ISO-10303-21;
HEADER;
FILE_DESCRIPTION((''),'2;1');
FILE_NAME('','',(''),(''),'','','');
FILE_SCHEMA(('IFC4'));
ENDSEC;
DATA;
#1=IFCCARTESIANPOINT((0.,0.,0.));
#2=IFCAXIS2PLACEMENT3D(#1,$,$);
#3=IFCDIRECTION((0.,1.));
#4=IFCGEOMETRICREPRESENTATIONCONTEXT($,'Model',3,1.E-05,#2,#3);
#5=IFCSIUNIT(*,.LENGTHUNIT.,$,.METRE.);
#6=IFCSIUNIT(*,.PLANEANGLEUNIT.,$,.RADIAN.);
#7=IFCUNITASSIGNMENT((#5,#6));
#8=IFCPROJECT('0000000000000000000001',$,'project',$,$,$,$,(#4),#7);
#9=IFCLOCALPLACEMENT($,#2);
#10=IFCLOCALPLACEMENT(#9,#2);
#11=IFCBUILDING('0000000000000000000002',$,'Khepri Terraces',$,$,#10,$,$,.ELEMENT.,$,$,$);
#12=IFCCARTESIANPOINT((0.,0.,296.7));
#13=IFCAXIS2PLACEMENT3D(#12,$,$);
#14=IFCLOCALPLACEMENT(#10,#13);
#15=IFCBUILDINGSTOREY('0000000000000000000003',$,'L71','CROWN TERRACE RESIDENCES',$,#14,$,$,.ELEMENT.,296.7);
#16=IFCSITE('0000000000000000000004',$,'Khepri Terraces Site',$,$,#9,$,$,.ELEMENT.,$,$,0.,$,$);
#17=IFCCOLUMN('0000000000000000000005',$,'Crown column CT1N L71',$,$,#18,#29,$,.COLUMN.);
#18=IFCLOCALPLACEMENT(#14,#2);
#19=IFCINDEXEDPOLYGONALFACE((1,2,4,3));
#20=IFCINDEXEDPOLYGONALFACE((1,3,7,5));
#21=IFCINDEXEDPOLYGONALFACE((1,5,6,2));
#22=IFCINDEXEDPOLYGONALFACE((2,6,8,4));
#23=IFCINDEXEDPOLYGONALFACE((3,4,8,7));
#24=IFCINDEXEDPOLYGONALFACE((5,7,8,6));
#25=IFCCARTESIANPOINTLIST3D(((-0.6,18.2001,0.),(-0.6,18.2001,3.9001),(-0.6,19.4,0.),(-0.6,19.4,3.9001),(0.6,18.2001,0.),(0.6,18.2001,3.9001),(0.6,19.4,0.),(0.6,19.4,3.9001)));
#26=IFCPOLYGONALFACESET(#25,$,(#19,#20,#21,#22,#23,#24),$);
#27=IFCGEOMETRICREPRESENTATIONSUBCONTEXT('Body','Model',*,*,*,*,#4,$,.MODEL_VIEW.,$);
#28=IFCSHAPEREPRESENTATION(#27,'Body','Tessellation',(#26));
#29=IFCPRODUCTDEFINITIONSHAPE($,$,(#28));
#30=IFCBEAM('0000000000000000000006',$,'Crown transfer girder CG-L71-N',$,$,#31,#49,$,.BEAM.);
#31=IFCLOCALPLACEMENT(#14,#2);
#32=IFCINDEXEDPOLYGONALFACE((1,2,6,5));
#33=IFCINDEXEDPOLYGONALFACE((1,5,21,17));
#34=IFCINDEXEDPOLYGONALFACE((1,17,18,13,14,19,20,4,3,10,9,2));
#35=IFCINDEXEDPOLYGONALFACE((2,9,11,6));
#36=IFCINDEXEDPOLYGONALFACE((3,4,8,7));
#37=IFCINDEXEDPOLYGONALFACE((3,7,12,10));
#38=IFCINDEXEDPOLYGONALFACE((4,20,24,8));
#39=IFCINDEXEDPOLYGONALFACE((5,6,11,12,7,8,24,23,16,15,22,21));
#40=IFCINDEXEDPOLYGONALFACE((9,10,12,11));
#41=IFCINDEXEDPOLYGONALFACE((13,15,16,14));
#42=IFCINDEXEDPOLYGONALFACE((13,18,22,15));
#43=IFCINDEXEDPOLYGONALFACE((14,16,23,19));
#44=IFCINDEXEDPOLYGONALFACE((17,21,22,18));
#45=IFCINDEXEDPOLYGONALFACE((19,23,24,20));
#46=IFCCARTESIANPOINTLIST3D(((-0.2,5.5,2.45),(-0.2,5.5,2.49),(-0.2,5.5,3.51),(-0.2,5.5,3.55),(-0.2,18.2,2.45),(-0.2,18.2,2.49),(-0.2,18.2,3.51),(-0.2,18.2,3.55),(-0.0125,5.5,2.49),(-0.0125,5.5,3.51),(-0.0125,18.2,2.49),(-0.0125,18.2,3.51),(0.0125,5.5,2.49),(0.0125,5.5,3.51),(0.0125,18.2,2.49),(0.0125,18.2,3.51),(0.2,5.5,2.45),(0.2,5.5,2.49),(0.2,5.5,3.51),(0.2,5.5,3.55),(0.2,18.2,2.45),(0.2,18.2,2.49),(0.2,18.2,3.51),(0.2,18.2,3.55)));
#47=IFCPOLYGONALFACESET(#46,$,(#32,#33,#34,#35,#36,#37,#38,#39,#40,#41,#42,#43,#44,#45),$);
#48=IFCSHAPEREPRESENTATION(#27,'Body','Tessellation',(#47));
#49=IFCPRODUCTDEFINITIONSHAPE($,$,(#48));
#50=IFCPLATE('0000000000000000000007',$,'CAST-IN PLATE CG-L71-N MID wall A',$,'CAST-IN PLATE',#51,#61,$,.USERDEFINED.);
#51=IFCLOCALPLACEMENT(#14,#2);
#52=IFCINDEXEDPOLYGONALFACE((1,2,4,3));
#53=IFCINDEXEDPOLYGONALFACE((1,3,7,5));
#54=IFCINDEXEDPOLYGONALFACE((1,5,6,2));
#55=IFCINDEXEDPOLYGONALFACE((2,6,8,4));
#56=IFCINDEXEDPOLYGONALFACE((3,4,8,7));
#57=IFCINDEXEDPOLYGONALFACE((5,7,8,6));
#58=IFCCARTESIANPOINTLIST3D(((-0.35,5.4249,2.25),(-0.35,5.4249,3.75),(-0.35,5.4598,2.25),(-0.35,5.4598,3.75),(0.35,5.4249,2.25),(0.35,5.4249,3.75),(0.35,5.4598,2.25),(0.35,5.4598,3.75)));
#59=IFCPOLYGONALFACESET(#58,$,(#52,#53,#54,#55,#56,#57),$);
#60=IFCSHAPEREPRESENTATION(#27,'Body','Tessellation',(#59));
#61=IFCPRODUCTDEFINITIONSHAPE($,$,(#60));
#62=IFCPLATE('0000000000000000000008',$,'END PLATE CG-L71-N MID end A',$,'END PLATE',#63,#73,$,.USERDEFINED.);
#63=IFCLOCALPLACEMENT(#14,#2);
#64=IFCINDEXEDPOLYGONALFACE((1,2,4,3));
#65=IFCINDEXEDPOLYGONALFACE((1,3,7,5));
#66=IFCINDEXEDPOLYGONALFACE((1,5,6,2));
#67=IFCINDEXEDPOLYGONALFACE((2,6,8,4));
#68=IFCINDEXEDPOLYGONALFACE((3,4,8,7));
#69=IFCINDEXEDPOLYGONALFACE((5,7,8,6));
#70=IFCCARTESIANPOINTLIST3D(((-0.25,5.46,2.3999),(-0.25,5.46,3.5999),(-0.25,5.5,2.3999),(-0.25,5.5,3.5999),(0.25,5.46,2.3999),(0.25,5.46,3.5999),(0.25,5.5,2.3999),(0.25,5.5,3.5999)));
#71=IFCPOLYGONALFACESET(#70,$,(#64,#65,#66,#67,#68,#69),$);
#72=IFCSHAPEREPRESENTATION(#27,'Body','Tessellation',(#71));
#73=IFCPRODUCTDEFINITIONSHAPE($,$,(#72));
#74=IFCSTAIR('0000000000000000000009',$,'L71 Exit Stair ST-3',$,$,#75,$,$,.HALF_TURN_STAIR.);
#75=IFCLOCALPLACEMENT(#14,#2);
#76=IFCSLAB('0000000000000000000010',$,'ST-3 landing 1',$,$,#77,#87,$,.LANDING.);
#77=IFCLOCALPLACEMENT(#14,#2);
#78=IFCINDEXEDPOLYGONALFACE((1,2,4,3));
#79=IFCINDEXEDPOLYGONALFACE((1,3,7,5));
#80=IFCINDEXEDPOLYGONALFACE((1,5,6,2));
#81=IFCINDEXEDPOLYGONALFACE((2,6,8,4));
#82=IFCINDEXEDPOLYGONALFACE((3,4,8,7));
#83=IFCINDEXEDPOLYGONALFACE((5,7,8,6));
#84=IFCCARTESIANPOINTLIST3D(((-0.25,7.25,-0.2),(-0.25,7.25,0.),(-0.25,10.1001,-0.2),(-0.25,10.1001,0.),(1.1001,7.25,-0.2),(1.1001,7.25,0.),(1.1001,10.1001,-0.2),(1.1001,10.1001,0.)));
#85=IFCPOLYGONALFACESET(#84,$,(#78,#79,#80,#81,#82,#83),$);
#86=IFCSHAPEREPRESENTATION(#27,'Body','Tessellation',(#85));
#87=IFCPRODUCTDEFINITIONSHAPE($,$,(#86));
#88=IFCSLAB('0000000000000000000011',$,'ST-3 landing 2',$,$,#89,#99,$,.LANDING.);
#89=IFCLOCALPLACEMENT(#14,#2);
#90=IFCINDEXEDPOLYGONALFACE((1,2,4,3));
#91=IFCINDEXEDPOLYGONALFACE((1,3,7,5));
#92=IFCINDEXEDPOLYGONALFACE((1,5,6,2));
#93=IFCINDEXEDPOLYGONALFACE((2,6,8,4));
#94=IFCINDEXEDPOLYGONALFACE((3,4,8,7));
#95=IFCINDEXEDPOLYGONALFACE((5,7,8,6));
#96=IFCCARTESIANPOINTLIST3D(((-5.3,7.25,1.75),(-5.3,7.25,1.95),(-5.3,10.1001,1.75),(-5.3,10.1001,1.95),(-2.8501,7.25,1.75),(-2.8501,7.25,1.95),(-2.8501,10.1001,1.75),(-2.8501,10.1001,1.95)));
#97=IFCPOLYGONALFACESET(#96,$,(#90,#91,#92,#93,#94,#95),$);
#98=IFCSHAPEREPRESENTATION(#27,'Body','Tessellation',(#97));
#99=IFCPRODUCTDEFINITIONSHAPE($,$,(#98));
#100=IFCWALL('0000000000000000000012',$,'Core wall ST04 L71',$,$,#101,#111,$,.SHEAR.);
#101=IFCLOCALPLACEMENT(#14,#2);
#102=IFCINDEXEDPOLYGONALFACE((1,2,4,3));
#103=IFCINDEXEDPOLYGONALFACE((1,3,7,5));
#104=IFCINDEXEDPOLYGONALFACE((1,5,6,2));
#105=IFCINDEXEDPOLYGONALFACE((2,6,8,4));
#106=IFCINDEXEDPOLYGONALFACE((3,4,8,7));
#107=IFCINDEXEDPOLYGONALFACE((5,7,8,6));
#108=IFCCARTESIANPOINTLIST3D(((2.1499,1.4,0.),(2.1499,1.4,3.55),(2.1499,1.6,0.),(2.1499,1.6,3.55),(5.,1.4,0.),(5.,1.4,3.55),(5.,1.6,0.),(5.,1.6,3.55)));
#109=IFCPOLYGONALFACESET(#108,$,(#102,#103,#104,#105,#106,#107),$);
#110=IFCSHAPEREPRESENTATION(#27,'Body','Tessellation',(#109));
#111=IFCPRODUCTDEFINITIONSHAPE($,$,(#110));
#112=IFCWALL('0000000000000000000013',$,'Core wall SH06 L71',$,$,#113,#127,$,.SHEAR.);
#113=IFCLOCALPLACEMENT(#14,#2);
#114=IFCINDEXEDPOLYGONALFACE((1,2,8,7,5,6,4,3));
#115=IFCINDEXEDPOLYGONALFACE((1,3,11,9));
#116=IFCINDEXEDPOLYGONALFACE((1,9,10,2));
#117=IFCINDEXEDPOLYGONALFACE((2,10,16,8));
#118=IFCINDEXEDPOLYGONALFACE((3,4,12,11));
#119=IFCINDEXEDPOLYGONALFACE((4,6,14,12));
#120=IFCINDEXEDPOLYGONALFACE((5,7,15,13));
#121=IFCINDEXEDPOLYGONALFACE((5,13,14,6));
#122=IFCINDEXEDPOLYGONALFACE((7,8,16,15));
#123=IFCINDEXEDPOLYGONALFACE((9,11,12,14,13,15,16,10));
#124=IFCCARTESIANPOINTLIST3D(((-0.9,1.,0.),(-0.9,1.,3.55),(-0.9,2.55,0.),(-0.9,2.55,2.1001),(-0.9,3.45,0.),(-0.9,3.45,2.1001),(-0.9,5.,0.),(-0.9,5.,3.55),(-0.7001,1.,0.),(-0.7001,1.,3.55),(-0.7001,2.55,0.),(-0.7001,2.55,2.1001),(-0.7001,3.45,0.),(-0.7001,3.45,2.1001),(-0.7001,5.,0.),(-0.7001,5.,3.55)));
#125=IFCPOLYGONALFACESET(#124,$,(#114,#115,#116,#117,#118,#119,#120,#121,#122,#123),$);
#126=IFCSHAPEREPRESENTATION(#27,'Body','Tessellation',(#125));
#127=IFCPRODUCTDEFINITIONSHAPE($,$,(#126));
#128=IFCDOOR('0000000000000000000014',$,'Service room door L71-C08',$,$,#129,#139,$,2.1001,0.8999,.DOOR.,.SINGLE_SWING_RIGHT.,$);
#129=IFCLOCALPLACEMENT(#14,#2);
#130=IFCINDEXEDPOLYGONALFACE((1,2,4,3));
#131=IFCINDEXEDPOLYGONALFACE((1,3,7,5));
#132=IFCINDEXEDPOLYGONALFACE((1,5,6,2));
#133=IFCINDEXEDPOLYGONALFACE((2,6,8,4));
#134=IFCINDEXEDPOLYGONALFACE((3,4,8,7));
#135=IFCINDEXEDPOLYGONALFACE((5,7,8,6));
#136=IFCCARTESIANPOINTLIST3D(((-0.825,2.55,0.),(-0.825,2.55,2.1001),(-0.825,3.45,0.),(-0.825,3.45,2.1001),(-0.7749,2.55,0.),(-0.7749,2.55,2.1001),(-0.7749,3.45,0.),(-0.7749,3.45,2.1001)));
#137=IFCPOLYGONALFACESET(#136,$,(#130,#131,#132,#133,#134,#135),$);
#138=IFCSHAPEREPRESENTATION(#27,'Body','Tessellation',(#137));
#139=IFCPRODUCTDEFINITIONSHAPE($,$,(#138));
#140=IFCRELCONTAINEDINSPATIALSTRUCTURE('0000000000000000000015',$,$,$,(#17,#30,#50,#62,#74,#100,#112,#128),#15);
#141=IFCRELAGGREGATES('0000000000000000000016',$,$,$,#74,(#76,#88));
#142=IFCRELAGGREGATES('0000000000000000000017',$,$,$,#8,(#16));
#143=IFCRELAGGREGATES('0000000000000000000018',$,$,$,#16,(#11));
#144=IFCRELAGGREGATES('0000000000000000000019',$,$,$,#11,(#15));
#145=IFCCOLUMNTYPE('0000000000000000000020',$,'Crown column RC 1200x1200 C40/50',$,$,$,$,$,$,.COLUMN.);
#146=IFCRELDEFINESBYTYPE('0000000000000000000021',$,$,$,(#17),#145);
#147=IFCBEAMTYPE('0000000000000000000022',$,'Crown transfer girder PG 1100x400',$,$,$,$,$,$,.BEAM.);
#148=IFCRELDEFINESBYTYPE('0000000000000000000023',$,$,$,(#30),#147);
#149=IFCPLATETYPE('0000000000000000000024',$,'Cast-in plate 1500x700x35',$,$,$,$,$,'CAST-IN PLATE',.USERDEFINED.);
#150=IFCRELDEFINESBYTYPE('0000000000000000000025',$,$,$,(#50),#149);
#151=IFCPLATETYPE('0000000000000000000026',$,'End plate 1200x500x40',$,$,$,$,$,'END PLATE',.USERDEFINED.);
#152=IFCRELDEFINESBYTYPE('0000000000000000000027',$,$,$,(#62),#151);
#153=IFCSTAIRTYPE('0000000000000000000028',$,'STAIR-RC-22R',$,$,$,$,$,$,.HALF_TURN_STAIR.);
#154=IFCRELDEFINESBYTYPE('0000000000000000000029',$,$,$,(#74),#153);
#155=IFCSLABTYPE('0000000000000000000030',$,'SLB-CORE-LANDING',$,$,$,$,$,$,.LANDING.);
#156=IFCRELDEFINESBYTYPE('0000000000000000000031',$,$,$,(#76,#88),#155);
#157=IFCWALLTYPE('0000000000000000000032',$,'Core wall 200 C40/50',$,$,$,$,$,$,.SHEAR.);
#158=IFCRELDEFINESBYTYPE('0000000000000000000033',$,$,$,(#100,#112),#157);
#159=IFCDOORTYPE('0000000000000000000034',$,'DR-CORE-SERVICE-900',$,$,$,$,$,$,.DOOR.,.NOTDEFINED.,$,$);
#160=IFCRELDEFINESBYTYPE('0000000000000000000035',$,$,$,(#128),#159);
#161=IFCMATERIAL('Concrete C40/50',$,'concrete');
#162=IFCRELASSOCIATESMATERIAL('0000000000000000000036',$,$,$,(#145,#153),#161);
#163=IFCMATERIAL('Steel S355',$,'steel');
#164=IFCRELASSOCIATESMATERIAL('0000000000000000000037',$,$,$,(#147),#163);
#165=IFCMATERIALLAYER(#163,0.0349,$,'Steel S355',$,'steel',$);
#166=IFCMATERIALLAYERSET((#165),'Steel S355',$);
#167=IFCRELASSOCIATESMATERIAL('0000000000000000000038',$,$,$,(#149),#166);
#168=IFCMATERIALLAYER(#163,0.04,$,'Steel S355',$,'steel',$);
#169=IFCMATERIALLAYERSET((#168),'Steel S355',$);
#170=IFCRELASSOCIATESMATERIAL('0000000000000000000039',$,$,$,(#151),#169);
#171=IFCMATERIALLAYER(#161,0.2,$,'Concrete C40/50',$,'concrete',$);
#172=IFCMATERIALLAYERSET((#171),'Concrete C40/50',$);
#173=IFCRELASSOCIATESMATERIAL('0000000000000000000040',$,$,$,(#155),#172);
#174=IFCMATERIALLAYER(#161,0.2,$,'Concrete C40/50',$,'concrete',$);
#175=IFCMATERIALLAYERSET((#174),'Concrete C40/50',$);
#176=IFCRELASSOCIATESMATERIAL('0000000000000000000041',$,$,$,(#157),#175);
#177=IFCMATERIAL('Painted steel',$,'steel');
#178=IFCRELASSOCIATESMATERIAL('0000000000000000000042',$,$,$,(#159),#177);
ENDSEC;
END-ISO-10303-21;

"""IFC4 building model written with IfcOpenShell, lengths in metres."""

from ifc_helpers import new_model, si_unit, direction, frame, frame_2d, origin, origin_2d, place, context, subcontext, project, spatial, polyline, rectangle, i_section, outline, extrude, material, layer, layer_set, material_profile, profile_set, type_object, element, fill, aggregate, save


model = new_model("IFC4")

# Units and contexts
model_context = context("Model", 3, precision=1e-05, world=origin(), true_north=direction((0.0, 1.0)))
body_context = subcontext(model_context, "Body", "Model", "MODEL_VIEW")
ifc_project = project(units=[si_unit("LENGTHUNIT", "METRE"), si_unit("PLANEANGLEUNIT", "RADIAN")], contexts=[model_context])

# Site, building, storey
site_placement = place(None, origin())
site = spatial("IfcSite", under=ifc_project, at=site_placement, Name="Khepri Terraces Site", CompositionType="ELEMENT", RefElevation=0.0)
building_placement = place(site_placement, origin())
building = spatial("IfcBuilding", under=site, at=building_placement, Name="Khepri Terraces", CompositionType="ELEMENT")
storey_placement = place(building_placement, frame((0.0, 0.0, 296.7)))
storey = spatial("IfcBuildingStorey", under=building, at=storey_placement, Name="L71", Description="CROWN TERRACE RESIDENCES", CompositionType="ELEMENT", Elevation=296.7)

# Column
ifc_material_1 = material(Name="Concrete C40/50", Category="concrete")
ifc_material_profile_1 = material_profile(ifc_material_1, rectangle(XDim=1.2, YDim=1.2, at=origin_2d()), Name="Concrete C40/50", Category="concrete")
ifc_profile_set_1 = profile_set([ifc_material_profile_1], Name="Concrete C40/50")
column_type = type_object("IfcColumnType", Name="Crown column RC 1200x1200 C40/50", PredefinedType="COLUMN", material=ifc_profile_set_1)
column_placement = place(storey_placement, frame((0.0, 18.8, 0.0), z_axis=(0.0, 0.0, 1.0), x_axis=(1.0, 0.0, 0.0)))
element("IfcColumn", 1, at=column_placement, inside=storey, type_object=column_type, Name="Crown column CT1N L71", PredefinedType="COLUMN", context=body_context, shape_type="SweptSolid", body=[
    extrude(rectangle(XDim=1.2, YDim=1.2, at=origin_2d()), origin(), (0.0, 0.0, 1.0), 3.9001),
])

# Beam
ifc_material_2 = material(Name="Steel S355", Category="steel")
ifc_material_profile_2 = material_profile(ifc_material_2, i_section(OverallWidth=0.3999, OverallDepth=1.1001, WebThickness=0.0249, FlangeThickness=0.04, at=origin_2d()), Name="Steel S355", Category="steel")
ifc_profile_set_2 = profile_set([ifc_material_profile_2], Name="Steel S355")
beam_type = type_object("IfcBeamType", Name="Crown transfer girder PG 1100x400", PredefinedType="BEAM", material=ifc_profile_set_2)
beam_placement = place(storey_placement, frame((0.0, 5.5, 3.0), z_axis=(0.0, 1.0, 0.0), x_axis=(-1.0, 0.0, 0.0)))
element("IfcBeam", 2, at=beam_placement, inside=storey, type_object=beam_type, Name="Crown transfer girder CG-L71-N", PredefinedType="BEAM", context=body_context, shape_type="SweptSolid", body=[
    extrude(i_section(OverallWidth=0.3999, OverallDepth=1.1001, WebThickness=0.0249, FlangeThickness=0.04, at=origin_2d()), origin(), (0.0, 0.0, 1.0), 12.7),
])

# Plates
ifc_layer_1 = layer(ifc_material_2, 0.0349, Name="Steel S355", Category="steel")
ifc_layer_set_1 = layer_set([ifc_layer_1], Name="Steel S355")
plate_type_1 = type_object("IfcPlateType", Name="Cast-in plate 1500x700x35", ElementType="CAST-IN PLATE", PredefinedType="USERDEFINED", material=ifc_layer_set_1)
plate_1_placement = place(storey_placement, frame((0.0, 5.4424, 2.25), z_axis=(0.0, 0.0, 1.0), x_axis=(0.0, 1.0, 0.0)))
element("IfcPlate", 3, at=plate_1_placement, inside=storey, type_object=plate_type_1, Name="CAST-IN PLATE CG-L71-N MID wall A", ObjectType="CAST-IN PLATE", PredefinedType="USERDEFINED", context=body_context, shape_type="SweptSolid", body=[
    extrude(rectangle(XDim=0.0349, YDim=0.7, at=origin_2d()), origin(), (0.0, 0.0, 1.0), 1.5),
])
ifc_layer_2 = layer(ifc_material_2, 0.04, Name="Steel S355", Category="steel")
ifc_layer_set_2 = layer_set([ifc_layer_2], Name="Steel S355")
plate_type_2 = type_object("IfcPlateType", Name="End plate 1200x500x40", ElementType="END PLATE", PredefinedType="USERDEFINED", material=ifc_layer_set_2)
plate_2_placement = place(storey_placement, frame((0.0, 5.48, 2.3999), z_axis=(0.0, 0.0, 1.0), x_axis=(0.0, 1.0, 0.0)))
element("IfcPlate", 4, at=plate_2_placement, inside=storey, type_object=plate_type_2, Name="END PLATE CG-L71-N MID end A", ObjectType="END PLATE", PredefinedType="USERDEFINED", context=body_context, shape_type="SweptSolid", body=[
    extrude(rectangle(XDim=0.04, YDim=0.5, at=origin_2d()), origin(), (0.0, 0.0, 1.0), 1.2),
])

# Stair, slabs
stair_type = type_object("IfcStairType", Name="STAIR-RC-22R", PredefinedType="HALF_TURN_STAIR", material=ifc_material_1)
stair_1_placement = place(storey_placement, origin())
stair_1 = element("IfcStair", 5, at=stair_1_placement, inside=storey, type_object=stair_type, Name="L71 Exit Stair ST-3", PredefinedType="HALF_TURN_STAIR")
ifc_layer_3 = layer(ifc_material_1, 0.2, Name="Concrete C40/50", Category="concrete")
ifc_layer_set_3 = layer_set([ifc_layer_3], Name="Concrete C40/50")
slab_type = type_object("IfcSlabType", Name="SLB-CORE-LANDING", PredefinedType="LANDING", material=ifc_layer_set_3)
slab_1_placement = place(storey_placement, frame((0.0, 0.0, -0.2)))
slab_1 = element("IfcSlab", 6, at=slab_1_placement, type_object=slab_type, Name="ST-3 landing 1", PredefinedType="LANDING", context=body_context, shape_type="SweptSolid", body=[
    extrude(outline(polyline([(1.1001, 10.1001), (-0.25, 10.1001), (-0.25, 7.25), (1.1001, 7.25), (1.1001, 10.1001)])), origin(), (0.0, 0.0, 1.0), 0.2),
])
slab_2_placement = place(storey_placement, frame((0.0, 0.0, 1.75)))
slab_2 = element("IfcSlab", 7, at=slab_2_placement, type_object=slab_type, Name="ST-3 landing 2", PredefinedType="LANDING", context=body_context, shape_type="SweptSolid", body=[
    extrude(outline(polyline([(-2.8501, 10.1001), (-5.3, 10.1001), (-5.3, 7.25), (-2.8501, 7.25), (-2.8501, 10.1001)])), origin(), (0.0, 0.0, 1.0), 0.2),
])

# Wall
ifc_layer_4 = layer(ifc_material_1, 0.2, Name="Concrete C40/50", Category="concrete")
ifc_layer_set_4 = layer_set([ifc_layer_4], Name="Concrete C40/50")
wall_type_1 = type_object("IfcWallType", Name="Core wall 200 C40/50", PredefinedType="SHEAR", material=ifc_layer_set_4)
wall_1_placement = place(storey_placement, frame((2.1499, 1.5, 0.0), z_axis=(0.0, 0.0, 1.0), x_axis=(1.0, 0.0, 0.0)))
element("IfcWall", 8, at=wall_1_placement, inside=storey, type_object=wall_type_1, Name="Core wall ST04 L71", PredefinedType="SHEAR", context=body_context, shape_type="SweptSolid", body=[
    extrude(rectangle(XDim=2.8501, YDim=0.2, at=frame_2d((1.425, 0.0))), origin(), (0.0, 0.0, 1.0), 3.55),
])

# Wall, opening, door
wall_2_placement = place(storey_placement, frame((-0.8, 1.0, 0.0), z_axis=(0.0, 0.0, 1.0), x_axis=(0.0, 1.0, 0.0)))
wall_2 = element("IfcWall", 9, at=wall_2_placement, inside=storey, type_object=wall_type_1, Name="Core wall SH06 L71", PredefinedType="SHEAR", context=body_context, shape_type="SweptSolid", body=[
    extrude(rectangle(XDim=4.0, YDim=0.2, at=frame_2d((2.0, 0.0))), origin(), (0.0, 0.0, 1.0), 3.55),
])
opening_1_placement = place(wall_2_placement, frame((1.55, 0.0, 0.0)))
opening_1 = element("IfcOpeningElement", 10, at=opening_1_placement, cuts=wall_2, PredefinedType="OPENING", context=body_context, shape_type="SweptSolid", body=[
    extrude(rectangle(XDim=0.8999, YDim=2.1001, at=frame_2d((0.45, 1.05))), frame((0.0, 0.1099, 0.0), z_axis=(0.0, -1.0, 0.0), x_axis=(1.0, 0.0, 0.0)), (0.0, 0.0, 1.0), 0.22),
])
ifc_material_3 = material(Name="Painted steel", Category="steel")
door_type_1 = type_object("IfcDoorType", Name="DR-CORE-SERVICE-900", OperationType="NOTDEFINED", PredefinedType="DOOR", material=ifc_material_3)
door_1_placement = place(opening_1_placement, origin())
door_1 = element("IfcDoor", 11, at=door_1_placement, inside=storey, type_object=door_type_1, Name="Service room door L71-C08", OperationType="SINGLE_SWING_RIGHT", OverallHeight=2.1001, OverallWidth=0.8999, PredefinedType="DOOR", context=body_context, shape_type="SweptSolid", body=[
    extrude(rectangle(XDim=0.8999, YDim=2.1001, at=frame_2d((0.45, 1.05))), frame((0.0, 0.0249, 0.0), z_axis=(0.0, -1.0, 0.0), x_axis=(1.0, 0.0, 0.0)), (0.0, 0.0, 1.0), 0.05),
])
fill(opening_1, door_1)

aggregate(stair_1, [slab_1, slab_2])

save(model, "model.ifc")
